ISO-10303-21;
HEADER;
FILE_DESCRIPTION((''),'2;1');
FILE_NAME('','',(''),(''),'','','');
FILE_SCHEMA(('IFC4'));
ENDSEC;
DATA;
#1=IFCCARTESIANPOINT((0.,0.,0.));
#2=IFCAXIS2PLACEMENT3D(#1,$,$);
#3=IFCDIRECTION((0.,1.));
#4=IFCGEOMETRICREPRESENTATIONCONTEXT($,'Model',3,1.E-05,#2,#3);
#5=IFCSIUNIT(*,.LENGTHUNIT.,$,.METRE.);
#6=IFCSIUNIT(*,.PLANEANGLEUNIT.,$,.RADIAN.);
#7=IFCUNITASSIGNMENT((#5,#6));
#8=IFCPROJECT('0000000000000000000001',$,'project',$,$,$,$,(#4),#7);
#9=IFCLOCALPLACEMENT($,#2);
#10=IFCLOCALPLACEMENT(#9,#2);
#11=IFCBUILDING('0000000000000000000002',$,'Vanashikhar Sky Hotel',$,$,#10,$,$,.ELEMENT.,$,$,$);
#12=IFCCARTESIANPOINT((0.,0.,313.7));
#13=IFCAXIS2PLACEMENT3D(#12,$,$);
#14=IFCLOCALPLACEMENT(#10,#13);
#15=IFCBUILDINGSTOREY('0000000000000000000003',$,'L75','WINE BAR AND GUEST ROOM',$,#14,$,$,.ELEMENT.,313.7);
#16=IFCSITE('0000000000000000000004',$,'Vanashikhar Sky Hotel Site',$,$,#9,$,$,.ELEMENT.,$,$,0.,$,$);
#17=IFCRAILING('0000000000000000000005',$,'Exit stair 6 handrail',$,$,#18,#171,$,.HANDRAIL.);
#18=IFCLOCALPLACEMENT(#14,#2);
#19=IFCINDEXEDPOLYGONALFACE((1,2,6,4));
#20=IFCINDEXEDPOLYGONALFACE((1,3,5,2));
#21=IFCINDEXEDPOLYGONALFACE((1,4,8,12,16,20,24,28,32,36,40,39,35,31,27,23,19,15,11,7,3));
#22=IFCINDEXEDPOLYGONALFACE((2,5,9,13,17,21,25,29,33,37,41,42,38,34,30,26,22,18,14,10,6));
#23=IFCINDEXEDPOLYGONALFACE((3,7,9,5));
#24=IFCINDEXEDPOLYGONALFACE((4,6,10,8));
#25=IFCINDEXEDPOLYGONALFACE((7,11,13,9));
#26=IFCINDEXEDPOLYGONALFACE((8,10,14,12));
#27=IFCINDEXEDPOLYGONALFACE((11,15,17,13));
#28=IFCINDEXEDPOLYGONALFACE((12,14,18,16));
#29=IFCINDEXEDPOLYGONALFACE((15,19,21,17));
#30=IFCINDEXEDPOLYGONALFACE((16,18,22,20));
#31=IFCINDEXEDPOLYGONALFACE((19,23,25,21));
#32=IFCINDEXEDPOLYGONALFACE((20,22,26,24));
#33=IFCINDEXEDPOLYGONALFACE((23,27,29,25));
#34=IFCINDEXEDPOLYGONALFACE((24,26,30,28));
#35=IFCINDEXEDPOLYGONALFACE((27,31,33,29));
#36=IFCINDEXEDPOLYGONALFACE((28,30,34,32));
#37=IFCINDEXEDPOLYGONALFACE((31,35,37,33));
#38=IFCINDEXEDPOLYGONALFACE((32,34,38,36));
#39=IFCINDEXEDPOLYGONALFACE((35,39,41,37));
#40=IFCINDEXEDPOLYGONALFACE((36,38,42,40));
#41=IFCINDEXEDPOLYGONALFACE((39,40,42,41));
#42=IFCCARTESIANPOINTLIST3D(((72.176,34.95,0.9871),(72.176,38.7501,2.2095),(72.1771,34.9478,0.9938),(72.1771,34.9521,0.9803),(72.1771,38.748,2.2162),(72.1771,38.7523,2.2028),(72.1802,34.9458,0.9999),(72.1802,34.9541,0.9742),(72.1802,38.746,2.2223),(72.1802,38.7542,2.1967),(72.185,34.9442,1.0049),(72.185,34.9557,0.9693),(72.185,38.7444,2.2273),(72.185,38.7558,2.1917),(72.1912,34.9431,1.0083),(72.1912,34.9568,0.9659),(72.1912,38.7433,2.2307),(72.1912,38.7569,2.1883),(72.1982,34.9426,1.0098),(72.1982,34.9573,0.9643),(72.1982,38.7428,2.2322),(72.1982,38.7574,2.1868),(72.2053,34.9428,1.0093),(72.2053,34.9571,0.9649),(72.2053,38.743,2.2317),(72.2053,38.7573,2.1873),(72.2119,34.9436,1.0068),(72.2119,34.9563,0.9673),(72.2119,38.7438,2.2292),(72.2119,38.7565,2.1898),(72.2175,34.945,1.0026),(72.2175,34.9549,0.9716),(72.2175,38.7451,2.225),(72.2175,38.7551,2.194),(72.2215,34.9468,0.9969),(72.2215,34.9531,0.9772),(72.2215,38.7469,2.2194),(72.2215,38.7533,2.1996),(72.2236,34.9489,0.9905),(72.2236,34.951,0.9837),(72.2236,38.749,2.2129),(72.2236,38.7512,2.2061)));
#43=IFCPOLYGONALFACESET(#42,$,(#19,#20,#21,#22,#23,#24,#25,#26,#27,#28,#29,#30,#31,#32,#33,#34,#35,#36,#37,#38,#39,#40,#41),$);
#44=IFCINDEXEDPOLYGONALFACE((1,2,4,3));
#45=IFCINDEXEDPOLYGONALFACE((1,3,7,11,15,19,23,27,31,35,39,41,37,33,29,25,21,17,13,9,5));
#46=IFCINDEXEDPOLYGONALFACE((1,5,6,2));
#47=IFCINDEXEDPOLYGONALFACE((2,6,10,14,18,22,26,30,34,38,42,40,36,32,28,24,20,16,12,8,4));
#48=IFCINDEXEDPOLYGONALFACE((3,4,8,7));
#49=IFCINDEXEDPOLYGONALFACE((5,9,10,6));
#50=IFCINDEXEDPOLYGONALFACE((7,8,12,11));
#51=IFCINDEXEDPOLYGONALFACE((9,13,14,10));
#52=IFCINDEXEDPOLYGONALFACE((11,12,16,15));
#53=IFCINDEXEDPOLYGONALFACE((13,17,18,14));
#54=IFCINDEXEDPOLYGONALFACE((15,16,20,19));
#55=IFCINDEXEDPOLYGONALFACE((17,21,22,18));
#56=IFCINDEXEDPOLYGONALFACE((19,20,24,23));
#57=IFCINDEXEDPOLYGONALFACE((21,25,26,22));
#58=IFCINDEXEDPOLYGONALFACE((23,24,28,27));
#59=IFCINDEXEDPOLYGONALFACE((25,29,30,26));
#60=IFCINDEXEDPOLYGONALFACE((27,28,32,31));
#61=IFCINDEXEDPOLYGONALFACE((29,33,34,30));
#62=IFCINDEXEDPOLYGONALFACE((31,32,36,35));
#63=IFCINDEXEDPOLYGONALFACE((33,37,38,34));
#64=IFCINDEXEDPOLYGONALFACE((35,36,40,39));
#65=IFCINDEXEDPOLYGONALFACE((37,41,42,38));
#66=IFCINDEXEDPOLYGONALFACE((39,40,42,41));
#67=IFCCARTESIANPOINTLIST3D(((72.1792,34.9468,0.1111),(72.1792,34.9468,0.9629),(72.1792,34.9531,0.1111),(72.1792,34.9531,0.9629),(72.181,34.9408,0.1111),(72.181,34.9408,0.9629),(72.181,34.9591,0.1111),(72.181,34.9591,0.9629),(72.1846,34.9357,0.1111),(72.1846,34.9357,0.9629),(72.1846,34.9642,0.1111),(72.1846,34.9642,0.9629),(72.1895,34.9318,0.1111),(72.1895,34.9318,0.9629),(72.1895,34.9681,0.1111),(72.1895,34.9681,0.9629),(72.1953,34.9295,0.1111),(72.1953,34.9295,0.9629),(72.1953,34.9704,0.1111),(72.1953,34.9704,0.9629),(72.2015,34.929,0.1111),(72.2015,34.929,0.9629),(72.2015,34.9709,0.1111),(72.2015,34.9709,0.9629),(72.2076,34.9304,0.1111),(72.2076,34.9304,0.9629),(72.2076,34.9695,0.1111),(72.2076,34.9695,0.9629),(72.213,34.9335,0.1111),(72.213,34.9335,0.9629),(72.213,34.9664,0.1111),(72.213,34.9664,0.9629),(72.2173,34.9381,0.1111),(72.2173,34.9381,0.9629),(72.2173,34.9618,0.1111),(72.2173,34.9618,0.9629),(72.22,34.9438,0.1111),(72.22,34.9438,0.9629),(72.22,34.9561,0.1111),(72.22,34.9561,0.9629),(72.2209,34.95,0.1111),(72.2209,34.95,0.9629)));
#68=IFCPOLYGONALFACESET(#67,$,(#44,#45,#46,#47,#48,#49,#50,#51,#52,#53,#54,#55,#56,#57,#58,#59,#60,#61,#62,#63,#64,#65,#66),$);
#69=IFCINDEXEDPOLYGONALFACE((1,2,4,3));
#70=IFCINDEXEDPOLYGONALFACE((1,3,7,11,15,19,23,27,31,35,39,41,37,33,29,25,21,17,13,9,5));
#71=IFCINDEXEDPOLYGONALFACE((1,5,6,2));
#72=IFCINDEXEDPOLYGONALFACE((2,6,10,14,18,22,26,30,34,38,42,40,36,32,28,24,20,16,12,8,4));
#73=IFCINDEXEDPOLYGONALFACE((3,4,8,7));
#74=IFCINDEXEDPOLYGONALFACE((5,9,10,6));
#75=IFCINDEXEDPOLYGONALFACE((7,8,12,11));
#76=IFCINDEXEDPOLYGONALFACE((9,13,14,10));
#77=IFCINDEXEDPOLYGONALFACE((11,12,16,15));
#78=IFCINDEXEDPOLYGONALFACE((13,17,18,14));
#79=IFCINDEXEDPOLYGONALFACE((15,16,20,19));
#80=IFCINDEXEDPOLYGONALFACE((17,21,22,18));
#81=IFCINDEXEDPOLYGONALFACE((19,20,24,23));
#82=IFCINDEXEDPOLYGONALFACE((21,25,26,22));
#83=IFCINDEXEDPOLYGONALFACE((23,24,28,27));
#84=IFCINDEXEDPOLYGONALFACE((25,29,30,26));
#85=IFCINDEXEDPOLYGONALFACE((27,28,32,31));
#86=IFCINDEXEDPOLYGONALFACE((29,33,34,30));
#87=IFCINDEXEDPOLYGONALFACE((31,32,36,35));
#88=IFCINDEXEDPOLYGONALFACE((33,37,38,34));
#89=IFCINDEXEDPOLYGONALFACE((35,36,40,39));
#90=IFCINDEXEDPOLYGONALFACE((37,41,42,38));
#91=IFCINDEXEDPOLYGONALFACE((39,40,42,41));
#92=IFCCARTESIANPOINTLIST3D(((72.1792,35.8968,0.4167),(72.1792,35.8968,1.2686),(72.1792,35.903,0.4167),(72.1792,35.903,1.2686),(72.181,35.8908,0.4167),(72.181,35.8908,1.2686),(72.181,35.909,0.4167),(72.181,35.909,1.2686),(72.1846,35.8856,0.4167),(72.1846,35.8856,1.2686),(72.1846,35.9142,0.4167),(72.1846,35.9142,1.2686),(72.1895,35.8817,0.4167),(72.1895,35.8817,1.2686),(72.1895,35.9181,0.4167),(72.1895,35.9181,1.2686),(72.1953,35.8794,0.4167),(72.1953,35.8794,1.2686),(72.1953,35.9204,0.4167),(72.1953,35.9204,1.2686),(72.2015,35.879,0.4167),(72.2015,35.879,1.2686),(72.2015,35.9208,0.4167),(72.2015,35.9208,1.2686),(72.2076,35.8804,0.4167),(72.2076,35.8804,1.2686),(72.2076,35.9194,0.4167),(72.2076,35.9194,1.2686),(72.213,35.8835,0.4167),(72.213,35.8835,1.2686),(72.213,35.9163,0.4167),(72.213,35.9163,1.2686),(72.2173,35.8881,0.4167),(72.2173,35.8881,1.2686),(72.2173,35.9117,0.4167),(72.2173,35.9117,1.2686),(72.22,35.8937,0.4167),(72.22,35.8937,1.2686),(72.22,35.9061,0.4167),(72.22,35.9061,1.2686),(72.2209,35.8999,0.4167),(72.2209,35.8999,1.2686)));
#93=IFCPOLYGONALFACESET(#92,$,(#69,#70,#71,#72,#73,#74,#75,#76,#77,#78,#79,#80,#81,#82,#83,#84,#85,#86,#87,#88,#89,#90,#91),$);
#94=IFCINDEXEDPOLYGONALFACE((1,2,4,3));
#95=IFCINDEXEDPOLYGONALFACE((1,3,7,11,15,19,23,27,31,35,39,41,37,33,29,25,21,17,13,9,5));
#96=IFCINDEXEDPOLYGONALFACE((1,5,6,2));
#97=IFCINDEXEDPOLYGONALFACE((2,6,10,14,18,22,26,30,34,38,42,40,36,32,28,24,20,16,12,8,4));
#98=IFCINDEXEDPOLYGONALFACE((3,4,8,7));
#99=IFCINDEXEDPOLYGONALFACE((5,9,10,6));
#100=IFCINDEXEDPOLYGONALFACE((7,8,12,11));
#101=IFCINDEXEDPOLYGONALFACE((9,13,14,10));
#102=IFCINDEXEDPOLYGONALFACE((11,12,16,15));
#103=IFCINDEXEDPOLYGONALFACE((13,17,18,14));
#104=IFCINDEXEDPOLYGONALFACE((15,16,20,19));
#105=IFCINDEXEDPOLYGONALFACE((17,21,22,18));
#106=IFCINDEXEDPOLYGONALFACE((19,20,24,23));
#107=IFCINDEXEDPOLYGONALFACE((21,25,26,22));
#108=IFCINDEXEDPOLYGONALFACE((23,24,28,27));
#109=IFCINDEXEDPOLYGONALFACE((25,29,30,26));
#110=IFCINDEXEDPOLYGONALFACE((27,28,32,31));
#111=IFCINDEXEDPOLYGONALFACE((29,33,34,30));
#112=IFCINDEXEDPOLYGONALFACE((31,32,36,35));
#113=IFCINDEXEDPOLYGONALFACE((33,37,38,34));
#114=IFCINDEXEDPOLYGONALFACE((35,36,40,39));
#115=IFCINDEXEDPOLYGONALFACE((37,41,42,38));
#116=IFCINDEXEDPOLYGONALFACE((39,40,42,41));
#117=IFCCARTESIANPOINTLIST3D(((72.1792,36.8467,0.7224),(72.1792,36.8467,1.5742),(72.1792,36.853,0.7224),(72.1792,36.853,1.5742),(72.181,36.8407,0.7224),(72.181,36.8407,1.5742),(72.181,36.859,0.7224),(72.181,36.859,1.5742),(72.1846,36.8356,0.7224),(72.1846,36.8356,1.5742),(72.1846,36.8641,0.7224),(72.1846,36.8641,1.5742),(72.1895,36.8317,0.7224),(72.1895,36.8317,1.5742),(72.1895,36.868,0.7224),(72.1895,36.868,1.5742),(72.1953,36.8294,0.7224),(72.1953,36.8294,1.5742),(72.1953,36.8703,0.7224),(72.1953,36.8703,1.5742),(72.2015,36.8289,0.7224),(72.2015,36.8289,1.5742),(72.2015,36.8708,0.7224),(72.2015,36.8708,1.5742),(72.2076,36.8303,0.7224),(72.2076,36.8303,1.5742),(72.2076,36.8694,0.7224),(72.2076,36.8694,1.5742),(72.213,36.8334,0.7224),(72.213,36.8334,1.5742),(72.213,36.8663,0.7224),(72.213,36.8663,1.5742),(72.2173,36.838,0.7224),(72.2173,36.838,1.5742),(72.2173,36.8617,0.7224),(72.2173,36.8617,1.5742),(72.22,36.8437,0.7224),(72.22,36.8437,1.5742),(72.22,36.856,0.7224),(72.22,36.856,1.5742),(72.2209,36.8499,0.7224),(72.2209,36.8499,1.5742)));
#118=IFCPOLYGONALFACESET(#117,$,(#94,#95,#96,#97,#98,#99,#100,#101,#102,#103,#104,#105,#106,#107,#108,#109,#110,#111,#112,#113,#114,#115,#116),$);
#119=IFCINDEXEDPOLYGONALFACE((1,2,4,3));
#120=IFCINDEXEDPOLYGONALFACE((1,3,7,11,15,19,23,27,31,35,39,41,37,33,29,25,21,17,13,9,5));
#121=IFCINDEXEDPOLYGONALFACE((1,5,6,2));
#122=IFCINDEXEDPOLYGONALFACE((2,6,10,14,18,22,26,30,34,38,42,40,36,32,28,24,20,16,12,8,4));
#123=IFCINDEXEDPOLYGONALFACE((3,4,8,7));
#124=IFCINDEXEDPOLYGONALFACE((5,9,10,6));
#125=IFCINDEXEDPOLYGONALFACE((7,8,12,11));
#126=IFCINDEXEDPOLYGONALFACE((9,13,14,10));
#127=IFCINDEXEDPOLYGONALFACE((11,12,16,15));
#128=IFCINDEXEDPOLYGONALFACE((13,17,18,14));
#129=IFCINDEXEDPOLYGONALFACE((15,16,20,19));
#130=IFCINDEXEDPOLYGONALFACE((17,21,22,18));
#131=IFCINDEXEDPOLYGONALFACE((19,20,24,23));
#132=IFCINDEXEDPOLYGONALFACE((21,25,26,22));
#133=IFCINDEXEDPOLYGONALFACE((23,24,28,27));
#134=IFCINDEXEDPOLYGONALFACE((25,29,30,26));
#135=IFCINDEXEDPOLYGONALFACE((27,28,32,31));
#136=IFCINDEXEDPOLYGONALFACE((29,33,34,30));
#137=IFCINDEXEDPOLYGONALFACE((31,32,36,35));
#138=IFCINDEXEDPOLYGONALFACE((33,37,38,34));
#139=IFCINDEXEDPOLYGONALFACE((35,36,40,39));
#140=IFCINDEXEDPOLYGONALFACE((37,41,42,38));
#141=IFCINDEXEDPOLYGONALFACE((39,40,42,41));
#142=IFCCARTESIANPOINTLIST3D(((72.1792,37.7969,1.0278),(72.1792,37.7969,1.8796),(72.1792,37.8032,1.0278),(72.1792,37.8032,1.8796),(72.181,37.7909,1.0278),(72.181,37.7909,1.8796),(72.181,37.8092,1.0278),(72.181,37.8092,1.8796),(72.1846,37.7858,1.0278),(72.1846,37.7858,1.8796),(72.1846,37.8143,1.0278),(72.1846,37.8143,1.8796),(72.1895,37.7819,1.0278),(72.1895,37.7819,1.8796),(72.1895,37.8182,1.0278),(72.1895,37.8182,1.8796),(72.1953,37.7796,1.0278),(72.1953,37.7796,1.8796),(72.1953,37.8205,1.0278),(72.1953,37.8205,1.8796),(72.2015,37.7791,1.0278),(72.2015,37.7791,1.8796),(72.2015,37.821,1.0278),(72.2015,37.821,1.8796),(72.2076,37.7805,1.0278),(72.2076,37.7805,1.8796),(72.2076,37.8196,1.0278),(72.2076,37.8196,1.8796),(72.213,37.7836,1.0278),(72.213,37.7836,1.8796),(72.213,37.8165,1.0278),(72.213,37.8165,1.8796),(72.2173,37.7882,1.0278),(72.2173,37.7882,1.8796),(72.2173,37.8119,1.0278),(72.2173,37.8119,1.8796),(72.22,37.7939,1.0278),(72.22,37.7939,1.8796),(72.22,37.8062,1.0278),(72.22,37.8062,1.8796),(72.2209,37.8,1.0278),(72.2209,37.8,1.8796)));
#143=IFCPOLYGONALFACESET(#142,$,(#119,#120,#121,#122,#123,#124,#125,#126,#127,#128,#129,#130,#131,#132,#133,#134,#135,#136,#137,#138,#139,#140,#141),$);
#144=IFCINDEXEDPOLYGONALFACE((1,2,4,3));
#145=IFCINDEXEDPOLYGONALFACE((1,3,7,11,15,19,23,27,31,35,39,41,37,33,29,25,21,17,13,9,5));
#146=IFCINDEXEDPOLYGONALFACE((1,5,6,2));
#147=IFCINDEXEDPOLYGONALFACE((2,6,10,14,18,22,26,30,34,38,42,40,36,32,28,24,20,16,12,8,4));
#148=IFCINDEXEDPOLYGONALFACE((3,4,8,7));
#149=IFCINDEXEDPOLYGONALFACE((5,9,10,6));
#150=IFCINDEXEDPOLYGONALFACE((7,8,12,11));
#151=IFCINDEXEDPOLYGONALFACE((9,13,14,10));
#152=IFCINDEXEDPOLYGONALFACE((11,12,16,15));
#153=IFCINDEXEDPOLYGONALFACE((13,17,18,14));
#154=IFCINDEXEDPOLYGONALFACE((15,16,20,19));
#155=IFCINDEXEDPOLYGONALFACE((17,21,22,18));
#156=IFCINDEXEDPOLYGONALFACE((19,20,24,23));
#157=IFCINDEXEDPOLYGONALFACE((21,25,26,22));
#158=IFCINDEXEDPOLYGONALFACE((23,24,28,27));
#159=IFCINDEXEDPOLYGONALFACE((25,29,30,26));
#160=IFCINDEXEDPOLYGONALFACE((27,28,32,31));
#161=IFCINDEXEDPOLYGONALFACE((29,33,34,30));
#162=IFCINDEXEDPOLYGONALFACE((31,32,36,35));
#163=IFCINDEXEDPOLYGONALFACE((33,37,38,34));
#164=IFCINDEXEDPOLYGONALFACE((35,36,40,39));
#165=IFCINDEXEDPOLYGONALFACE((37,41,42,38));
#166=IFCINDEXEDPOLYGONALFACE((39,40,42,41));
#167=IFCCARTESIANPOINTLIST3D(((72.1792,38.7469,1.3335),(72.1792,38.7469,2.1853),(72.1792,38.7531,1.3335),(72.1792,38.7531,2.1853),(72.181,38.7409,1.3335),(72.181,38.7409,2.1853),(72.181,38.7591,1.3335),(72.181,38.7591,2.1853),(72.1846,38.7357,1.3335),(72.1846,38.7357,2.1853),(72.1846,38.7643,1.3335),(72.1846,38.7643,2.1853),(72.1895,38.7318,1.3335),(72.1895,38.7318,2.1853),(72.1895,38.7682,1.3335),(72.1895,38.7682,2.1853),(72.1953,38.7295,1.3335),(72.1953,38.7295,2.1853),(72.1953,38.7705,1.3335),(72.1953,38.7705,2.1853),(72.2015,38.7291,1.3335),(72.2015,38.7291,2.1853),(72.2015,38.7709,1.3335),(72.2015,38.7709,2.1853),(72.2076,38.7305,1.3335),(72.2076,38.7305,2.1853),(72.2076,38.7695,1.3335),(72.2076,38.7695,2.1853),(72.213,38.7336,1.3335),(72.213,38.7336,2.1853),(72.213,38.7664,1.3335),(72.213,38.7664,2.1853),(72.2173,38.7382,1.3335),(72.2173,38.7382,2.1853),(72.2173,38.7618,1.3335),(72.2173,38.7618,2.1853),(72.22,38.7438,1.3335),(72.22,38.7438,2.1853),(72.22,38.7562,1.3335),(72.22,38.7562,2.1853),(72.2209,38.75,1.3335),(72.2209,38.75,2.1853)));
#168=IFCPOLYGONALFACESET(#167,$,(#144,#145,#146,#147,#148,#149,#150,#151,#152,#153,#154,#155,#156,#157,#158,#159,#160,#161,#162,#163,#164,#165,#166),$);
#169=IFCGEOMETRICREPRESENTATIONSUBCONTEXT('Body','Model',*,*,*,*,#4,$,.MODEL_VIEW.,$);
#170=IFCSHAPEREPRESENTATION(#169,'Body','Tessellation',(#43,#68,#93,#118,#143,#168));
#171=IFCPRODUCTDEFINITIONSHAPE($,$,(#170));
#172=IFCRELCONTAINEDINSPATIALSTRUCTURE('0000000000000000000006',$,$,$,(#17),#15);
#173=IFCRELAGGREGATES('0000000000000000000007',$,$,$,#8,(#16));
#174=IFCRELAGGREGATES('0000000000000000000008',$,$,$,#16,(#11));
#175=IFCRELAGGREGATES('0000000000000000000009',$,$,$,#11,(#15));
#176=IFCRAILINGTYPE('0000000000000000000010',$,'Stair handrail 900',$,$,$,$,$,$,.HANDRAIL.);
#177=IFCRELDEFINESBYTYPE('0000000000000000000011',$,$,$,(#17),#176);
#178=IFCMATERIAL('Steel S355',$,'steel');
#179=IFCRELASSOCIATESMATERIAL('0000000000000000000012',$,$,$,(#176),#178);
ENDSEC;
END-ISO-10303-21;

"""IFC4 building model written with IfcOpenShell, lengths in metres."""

from ifc_helpers import new_model, si_unit, direction, frame, origin, origin_2d, place, context, subcontext, project, spatial, circle, extrude, source, transform, mapped, material, type_object, element, save


model = new_model("IFC4")

# Units and contexts
model_context = context("Model", 3, precision=1e-05, world=origin(), true_north=direction((0.0, 1.0)))
body_context = subcontext(model_context, "Body", "Model", "MODEL_VIEW")
ifc_project = project(units=[si_unit("LENGTHUNIT", "METRE"), si_unit("PLANEANGLEUNIT", "RADIAN")], contexts=[model_context])

# Site, building, storey
site_placement = place(None, origin())
site = spatial("IfcSite", under=ifc_project, at=site_placement, Name="Vanashikhar Sky Hotel Site", CompositionType="ELEMENT", RefElevation=0.0)
building_placement = place(site_placement, origin())
building = spatial("IfcBuilding", under=site, at=building_placement, Name="Vanashikhar Sky Hotel", CompositionType="ELEMENT")
storey_placement = place(building_placement, frame((0.0, 0.0, 313.7)))
storey = spatial("IfcBuildingStorey", under=building, at=storey_placement, Name="L75", Description="WINE BAR AND GUEST ROOM", CompositionType="ELEMENT", Elevation=313.7)

# Railing
ifc_material_1 = material(Name="Steel S355", Category="steel")
railing_type = type_object("IfcRailingType", Name="Stair handrail 900", PredefinedType="HANDRAIL", material=ifc_material_1)
shared_shape_1 = source(origin(), body_context, "Body", "SweptSolid", [
    extrude(circle(Radius=0.0239, at=origin_2d()), frame((0.0, 0.0, 0.876), z_axis=(0.0, 0.951958, 0.306229), x_axis=(-1.0, 0.0, 0.0)), (0.0, 0.0, 1.0), 3.9919),
    extrude(circle(Radius=0.021, at=origin_2d()), origin(), (0.0, 0.0, 1.0), 0.8518),
    extrude(circle(Radius=0.021, at=origin_2d()), frame((0.0, 0.95, 0.3057)), (0.0, 0.0, 1.0), 0.8518),
    extrude(circle(Radius=0.021, at=origin_2d()), frame((0.0, 1.8999, 0.6113)), (0.0, 0.0, 1.0), 0.8518),
    extrude(circle(Radius=0.021, at=origin_2d()), frame((0.0, 2.8501, 0.9167)), (0.0, 0.0, 1.0), 0.8518),
    extrude(circle(Radius=0.021, at=origin_2d()), frame((0.0, 3.8, 1.2224)), (0.0, 0.0, 1.0), 0.8518),
])
railing_1_placement = place(storey_placement, frame((72.2, 34.95, 0.1111)))
element("IfcRailing", 1, at=railing_1_placement, inside=storey, type_object=railing_type, Name="Exit stair 6 handrail", PredefinedType="HANDRAIL", context=body_context, shape_type="MappedRepresentation", body=[
    mapped(shared_shape_1, transform((0.0, 0.0, 0.0), scale=1.0)),
])

save(model, "model.ifc")
